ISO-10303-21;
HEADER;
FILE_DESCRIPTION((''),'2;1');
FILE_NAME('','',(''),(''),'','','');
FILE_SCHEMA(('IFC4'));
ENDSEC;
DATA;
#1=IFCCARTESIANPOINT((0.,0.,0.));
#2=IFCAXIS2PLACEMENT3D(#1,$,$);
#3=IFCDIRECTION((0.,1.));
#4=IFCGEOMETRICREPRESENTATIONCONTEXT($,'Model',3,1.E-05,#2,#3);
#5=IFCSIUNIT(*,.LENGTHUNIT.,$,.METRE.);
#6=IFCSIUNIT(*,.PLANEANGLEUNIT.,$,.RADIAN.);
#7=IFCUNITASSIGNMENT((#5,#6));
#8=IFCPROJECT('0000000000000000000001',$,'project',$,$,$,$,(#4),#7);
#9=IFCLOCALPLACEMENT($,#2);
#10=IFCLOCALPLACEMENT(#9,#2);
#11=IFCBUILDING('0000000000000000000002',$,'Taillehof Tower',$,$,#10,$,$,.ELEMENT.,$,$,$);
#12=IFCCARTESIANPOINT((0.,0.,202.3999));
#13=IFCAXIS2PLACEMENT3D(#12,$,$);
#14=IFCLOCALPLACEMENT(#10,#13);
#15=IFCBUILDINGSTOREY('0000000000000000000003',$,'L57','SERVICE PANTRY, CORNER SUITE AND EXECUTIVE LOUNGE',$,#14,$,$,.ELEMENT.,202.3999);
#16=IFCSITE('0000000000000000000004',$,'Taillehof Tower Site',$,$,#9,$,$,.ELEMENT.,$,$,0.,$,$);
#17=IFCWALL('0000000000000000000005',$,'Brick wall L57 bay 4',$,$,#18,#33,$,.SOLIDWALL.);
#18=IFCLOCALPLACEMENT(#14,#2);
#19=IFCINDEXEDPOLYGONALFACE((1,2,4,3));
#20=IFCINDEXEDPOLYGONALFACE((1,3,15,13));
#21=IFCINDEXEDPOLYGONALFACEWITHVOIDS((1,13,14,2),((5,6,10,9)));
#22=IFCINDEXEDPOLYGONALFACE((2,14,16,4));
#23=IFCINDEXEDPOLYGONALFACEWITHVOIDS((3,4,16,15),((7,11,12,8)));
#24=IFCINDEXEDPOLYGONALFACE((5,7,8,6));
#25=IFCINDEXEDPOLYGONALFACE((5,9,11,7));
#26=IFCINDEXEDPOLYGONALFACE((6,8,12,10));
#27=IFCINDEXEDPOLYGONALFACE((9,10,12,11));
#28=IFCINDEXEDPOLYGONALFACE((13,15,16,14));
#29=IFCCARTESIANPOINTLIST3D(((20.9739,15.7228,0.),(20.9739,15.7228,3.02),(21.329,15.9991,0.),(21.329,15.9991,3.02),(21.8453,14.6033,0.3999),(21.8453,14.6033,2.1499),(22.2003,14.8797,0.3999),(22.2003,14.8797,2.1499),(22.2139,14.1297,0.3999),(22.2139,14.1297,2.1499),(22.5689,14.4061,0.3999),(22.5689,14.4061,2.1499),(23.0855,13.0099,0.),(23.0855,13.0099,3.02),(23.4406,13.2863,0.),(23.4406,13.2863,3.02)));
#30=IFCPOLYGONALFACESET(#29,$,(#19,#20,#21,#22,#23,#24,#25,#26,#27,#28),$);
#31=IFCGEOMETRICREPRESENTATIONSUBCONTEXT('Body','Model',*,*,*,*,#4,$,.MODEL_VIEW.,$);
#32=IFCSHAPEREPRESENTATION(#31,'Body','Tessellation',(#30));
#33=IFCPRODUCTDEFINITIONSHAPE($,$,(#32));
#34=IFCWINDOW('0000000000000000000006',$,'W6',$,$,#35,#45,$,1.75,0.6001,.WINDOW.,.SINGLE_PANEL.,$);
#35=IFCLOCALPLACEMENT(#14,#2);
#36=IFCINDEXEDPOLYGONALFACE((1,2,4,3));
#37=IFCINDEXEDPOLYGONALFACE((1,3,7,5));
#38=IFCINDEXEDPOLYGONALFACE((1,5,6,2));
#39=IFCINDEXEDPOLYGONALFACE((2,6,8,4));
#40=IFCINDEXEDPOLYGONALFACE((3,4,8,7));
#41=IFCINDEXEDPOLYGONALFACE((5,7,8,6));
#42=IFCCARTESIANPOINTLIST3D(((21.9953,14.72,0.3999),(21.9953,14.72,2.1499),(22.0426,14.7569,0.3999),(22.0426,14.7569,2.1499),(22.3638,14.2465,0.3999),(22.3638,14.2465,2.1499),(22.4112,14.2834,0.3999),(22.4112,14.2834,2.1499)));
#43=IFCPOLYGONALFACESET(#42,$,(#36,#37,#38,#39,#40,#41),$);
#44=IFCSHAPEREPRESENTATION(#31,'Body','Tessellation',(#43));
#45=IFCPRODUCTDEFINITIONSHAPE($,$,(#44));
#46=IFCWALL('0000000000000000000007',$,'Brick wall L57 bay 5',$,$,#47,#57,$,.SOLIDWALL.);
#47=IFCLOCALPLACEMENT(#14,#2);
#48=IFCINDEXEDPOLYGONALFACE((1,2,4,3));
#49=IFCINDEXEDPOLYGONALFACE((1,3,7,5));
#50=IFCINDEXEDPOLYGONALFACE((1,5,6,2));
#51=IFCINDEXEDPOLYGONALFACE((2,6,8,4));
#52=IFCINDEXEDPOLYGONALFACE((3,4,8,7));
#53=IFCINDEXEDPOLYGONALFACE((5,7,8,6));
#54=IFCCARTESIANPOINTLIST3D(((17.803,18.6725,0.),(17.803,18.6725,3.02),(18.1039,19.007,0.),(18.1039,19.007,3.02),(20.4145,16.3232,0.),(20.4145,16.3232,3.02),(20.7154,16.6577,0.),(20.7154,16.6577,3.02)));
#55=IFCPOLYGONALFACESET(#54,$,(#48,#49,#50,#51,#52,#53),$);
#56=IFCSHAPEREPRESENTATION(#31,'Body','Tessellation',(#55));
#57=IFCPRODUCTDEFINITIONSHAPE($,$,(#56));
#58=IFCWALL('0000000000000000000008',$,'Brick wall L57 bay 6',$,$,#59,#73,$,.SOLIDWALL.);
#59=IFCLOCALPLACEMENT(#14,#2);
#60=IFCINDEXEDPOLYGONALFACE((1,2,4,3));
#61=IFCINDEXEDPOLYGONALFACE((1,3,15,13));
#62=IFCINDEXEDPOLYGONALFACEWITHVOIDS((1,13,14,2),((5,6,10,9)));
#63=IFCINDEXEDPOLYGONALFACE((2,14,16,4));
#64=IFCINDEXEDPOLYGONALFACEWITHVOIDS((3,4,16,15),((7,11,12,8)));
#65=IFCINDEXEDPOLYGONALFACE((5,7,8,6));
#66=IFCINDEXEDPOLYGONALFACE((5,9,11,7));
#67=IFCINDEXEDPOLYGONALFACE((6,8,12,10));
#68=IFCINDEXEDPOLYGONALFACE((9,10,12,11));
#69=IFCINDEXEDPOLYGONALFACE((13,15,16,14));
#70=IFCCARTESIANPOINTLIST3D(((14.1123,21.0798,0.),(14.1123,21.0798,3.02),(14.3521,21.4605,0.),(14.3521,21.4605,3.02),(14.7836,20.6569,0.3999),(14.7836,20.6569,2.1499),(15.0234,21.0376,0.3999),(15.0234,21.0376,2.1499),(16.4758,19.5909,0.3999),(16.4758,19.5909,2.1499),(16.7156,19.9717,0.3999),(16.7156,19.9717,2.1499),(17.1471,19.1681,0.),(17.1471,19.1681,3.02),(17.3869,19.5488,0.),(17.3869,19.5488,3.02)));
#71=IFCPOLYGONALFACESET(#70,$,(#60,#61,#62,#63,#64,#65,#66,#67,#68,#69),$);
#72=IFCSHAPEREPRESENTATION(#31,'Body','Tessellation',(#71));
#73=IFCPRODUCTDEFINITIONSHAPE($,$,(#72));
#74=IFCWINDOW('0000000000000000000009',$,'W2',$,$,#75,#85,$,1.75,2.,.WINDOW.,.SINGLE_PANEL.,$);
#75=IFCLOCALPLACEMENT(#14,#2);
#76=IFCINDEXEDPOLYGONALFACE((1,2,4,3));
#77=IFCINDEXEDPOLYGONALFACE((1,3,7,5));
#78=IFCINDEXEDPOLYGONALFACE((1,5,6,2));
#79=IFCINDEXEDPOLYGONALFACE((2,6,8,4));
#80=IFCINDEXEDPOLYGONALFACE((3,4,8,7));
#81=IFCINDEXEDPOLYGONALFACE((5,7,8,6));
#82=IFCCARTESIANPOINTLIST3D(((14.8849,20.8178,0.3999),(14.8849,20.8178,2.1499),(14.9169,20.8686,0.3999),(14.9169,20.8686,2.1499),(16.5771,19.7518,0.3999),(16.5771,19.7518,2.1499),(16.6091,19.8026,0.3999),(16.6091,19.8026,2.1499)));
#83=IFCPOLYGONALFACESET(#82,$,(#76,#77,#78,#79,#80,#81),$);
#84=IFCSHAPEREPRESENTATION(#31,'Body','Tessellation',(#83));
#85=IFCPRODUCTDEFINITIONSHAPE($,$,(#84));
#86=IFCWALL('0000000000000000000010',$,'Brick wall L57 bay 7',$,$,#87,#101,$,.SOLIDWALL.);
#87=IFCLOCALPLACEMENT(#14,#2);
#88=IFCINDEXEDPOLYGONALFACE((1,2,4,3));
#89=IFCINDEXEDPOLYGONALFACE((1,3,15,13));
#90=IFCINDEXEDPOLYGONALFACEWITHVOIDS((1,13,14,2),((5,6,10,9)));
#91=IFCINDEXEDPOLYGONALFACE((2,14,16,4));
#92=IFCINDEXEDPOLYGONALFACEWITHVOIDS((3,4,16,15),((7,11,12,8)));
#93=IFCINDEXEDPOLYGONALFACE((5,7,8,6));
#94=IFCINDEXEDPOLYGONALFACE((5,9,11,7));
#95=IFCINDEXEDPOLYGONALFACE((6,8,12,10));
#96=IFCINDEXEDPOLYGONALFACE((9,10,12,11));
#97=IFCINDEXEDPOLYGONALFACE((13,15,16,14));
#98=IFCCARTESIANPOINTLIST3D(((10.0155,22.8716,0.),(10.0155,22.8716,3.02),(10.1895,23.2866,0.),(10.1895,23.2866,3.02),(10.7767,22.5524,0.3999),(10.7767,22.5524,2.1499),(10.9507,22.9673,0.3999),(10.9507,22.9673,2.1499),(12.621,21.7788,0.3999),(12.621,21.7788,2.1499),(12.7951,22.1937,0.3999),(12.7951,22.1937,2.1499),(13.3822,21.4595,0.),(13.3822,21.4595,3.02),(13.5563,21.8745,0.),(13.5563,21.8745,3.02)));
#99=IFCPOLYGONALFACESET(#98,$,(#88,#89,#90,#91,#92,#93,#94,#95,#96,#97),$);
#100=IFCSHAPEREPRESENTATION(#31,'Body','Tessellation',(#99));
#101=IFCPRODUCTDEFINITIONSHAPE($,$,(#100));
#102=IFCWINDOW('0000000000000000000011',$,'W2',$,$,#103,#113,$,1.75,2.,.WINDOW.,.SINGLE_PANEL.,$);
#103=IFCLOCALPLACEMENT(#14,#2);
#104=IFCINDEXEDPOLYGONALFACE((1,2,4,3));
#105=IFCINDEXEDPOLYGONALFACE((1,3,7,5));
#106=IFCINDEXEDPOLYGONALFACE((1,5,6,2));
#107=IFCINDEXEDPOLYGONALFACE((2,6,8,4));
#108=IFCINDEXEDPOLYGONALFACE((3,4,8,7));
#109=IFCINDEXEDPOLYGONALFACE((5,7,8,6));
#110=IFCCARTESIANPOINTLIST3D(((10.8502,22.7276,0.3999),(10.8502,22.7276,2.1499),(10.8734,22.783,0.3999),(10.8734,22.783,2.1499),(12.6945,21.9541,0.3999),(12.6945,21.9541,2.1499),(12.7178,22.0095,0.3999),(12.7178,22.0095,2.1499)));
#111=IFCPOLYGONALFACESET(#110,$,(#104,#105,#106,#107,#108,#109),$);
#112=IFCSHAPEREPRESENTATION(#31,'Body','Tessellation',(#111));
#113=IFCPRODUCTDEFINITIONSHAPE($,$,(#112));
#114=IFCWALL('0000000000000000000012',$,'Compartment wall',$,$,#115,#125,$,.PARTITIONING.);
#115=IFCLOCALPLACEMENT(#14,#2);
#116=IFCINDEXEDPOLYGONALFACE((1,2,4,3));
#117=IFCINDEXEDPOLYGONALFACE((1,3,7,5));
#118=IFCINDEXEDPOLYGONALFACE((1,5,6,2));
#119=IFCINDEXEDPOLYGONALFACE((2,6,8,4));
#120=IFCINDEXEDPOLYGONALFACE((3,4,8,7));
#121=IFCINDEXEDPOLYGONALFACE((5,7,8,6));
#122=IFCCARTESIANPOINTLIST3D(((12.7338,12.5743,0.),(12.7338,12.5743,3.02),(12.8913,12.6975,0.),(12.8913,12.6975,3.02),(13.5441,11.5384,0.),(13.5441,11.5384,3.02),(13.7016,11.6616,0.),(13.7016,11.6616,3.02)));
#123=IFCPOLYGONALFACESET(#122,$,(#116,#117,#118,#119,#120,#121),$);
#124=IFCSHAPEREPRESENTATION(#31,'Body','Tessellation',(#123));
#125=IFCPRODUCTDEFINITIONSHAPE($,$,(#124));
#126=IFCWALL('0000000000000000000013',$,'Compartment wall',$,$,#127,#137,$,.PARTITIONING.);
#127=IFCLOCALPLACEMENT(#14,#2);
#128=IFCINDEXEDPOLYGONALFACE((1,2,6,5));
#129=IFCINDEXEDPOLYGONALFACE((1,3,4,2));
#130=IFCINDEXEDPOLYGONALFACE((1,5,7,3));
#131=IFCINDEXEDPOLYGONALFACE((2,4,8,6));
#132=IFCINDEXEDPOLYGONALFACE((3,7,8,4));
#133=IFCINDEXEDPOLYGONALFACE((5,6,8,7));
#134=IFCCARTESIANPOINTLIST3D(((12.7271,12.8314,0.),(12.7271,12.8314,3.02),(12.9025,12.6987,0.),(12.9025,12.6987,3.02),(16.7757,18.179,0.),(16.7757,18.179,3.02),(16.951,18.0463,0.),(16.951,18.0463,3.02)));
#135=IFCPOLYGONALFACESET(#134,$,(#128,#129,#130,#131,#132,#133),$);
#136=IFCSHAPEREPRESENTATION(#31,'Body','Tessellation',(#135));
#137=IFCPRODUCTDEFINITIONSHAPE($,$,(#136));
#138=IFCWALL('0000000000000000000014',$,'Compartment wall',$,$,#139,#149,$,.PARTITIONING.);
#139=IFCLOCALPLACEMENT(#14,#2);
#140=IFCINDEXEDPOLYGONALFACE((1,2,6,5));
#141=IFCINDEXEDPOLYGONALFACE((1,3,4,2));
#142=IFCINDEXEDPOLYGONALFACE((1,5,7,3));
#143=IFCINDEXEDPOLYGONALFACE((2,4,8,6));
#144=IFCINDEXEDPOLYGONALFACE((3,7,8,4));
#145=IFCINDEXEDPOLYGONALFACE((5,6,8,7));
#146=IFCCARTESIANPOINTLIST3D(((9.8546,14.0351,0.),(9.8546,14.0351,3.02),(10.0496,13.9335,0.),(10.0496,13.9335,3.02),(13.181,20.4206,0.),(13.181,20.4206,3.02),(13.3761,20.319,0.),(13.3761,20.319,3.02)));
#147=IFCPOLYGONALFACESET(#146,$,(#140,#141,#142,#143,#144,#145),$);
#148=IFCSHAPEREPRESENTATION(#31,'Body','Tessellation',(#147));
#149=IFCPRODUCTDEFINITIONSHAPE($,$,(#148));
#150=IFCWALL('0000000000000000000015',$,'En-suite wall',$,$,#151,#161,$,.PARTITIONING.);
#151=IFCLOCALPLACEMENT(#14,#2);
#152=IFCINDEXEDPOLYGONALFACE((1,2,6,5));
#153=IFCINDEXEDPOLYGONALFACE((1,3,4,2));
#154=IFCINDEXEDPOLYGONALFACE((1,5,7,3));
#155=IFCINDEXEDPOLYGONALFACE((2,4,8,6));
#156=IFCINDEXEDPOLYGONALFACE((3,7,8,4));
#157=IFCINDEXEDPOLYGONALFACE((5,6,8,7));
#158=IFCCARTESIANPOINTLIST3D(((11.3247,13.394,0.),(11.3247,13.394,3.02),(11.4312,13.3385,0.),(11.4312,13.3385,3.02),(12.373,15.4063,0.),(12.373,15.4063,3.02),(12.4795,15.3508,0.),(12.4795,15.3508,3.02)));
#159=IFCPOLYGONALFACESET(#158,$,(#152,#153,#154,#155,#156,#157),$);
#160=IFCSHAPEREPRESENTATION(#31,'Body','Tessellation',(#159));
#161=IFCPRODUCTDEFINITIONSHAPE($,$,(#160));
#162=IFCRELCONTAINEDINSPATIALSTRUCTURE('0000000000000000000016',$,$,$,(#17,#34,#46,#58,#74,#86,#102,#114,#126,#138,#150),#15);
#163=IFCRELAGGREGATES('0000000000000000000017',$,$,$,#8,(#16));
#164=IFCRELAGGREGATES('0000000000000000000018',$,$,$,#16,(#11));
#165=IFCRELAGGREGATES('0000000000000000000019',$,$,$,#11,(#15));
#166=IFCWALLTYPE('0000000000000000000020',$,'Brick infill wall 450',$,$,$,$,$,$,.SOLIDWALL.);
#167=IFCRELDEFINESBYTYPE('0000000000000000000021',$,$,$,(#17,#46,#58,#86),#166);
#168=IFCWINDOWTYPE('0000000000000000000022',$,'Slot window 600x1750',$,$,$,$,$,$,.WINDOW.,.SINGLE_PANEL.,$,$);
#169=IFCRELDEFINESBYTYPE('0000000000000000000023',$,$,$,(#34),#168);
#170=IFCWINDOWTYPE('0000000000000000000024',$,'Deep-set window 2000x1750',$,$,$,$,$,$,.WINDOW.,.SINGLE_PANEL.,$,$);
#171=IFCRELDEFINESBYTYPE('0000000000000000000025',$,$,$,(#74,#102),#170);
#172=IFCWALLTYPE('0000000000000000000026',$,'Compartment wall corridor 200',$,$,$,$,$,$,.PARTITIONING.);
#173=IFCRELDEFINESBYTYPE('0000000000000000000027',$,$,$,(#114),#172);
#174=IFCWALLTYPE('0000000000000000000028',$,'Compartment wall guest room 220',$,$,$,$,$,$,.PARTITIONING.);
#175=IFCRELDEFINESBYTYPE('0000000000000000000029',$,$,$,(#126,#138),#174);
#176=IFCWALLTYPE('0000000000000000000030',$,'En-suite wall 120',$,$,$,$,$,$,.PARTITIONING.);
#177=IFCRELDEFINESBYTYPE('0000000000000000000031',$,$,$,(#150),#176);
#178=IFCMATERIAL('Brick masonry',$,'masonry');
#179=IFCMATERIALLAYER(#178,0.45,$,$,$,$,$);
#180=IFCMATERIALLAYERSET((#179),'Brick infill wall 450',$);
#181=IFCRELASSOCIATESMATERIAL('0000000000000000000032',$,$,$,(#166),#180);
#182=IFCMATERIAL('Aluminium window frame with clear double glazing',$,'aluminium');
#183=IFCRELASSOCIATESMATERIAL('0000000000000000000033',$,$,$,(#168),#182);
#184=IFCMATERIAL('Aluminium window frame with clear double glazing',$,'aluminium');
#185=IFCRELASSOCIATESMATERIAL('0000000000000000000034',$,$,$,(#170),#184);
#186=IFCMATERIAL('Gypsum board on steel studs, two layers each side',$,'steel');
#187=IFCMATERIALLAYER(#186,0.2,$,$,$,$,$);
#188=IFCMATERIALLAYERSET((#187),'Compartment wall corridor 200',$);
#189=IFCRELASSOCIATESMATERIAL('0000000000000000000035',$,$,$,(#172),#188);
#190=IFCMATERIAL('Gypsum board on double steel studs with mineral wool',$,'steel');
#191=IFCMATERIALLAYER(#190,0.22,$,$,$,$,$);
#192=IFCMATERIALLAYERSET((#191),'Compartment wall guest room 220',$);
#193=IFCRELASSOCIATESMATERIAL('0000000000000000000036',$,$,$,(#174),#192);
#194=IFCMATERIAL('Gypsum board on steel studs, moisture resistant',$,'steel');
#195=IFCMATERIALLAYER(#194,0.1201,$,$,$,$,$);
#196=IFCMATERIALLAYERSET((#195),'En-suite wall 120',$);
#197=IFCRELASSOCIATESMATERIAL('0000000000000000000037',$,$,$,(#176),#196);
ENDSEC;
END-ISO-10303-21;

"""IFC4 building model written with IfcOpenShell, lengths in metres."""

from ifc_helpers import new_model, si_unit, direction, frame, frame_2d, origin, place, context, subcontext, project, spatial, rectangle, extrude, material, layer, layer_set, type_object, element, fill, save


model = new_model("IFC4")

# Units and contexts
model_context = context("Model", 3, precision=1e-05, world=origin(), true_north=direction((0.0, 1.0)))
body_context = subcontext(model_context, "Body", "Model", "MODEL_VIEW")
ifc_project = project(units=[si_unit("LENGTHUNIT", "METRE"), si_unit("PLANEANGLEUNIT", "RADIAN")], contexts=[model_context])

# Site, building, storey
site_placement = place(None, origin())
site = spatial("IfcSite", under=ifc_project, at=site_placement, Name="Taillehof Tower Site", CompositionType="ELEMENT", RefElevation=0.0)
building_placement = place(site_placement, origin())
building = spatial("IfcBuilding", under=site, at=building_placement, Name="Taillehof Tower", CompositionType="ELEMENT")
storey_placement = place(building_placement, frame((0.0, 0.0, 202.3999)))
storey = spatial("IfcBuildingStorey", under=building, at=storey_placement, Name="L57", Description="SERVICE PANTRY, CORNER SUITE AND EXECUTIVE LOUNGE", CompositionType="ELEMENT", Elevation=202.3999)

# Wall, opening, window
ifc_material_1 = material(Name="Brick masonry", Category="masonry")
ifc_layer_1 = layer(ifc_material_1, 0.45)
ifc_layer_set_1 = layer_set([ifc_layer_1], Name="Brick infill wall 450")
wall_type_1 = type_object("IfcWallType", Name="Brick infill wall 450", PredefinedType="SOLIDWALL", material=ifc_layer_set_1)
wall_1_placement = place(storey_placement, frame((23.2629, 13.1482, 0.0), z_axis=(0.0, 0.0, 1.0), x_axis=(-0.614221, 0.789134, 0.0)))
wall_1 = element("IfcWall", 1, at=wall_1_placement, inside=storey, type_object=wall_type_1, Name="Brick wall L57 bay 4", PredefinedType="SOLIDWALL", context=body_context, shape_type="SweptSolid", body=[
    extrude(rectangle(XDim=3.4377, YDim=0.45, at=frame_2d((1.7188, 0.0))), origin(), (0.0, 0.0, 1.0), 3.02),
])
opening_1_placement = place(wall_1_placement, frame((1.4189, 0.0, 0.3999)))
opening_1 = element("IfcOpeningElement", 2, at=opening_1_placement, cuts=wall_1, PredefinedType="OPENING", context=body_context, shape_type="SweptSolid", body=[
    extrude(rectangle(XDim=0.6001, YDim=1.75, at=frame_2d((0.3, 0.875))), frame((0.0, 0.2349, 0.0), z_axis=(0.0, -1.0, 0.0), x_axis=(1.0, 0.0, 0.0)), (0.0, 0.0, 1.0), 0.47),
])
ifc_material_2 = material(Name="Aluminium window frame with clear double glazing", Category="aluminium")
window_type_1 = type_object("IfcWindowType", Name="Slot window 600x1750", PartitioningType="SINGLE_PANEL", PredefinedType="WINDOW", material=ifc_material_2)
window_1_placement = place(opening_1_placement, origin())
window_1 = element("IfcWindow", 3, at=window_1_placement, inside=storey, type_object=window_type_1, Name="W6", OverallHeight=1.75, OverallWidth=0.6001, PartitioningType="SINGLE_PANEL", PredefinedType="WINDOW", context=body_context, shape_type="SweptSolid", body=[
    extrude(rectangle(XDim=0.6001, YDim=1.75, at=frame_2d((0.3, 0.875))), frame((0.0, 0.0349, 0.0), z_axis=(0.0, -1.0, 0.0), x_axis=(1.0, 0.0, 0.0)), (0.0, 0.0, 1.0), 0.0601),
])
fill(opening_1, window_1)

# Wall
wall_2_placement = place(storey_placement, frame((20.5649, 16.4905, 0.0), z_axis=(0.0, 0.0, 1.0), x_axis=(-0.743443, 0.6688, 0.0)))
element("IfcWall", 4, at=wall_2_placement, inside=storey, type_object=wall_type_1, Name="Brick wall L57 bay 5", PredefinedType="SOLIDWALL", context=body_context, shape_type="SweptSolid", body=[
    extrude(rectangle(XDim=3.5127, YDim=0.45, at=frame_2d((1.7563, 0.0))), origin(), (0.0, 0.0, 1.0), 3.02),
])

# Walls, openings, windows
wall_3_placement = place(storey_placement, frame((17.2671, 19.3584, 0.0), z_axis=(0.0, 0.0, 1.0), x_axis=(-0.846119, 0.532994, 0.0)))
wall_3 = element("IfcWall", 5, at=wall_3_placement, inside=storey, type_object=wall_type_1, Name="Brick wall L57 bay 6", PredefinedType="SOLIDWALL", context=body_context, shape_type="SweptSolid", body=[
    extrude(rectangle(XDim=3.5867, YDim=0.45, at=frame_2d((1.7935, 0.0))), origin(), (0.0, 0.0, 1.0), 3.02),
])
opening_2_placement = place(wall_3_placement, frame((0.7935, 0.0, 0.3999)))
opening_2 = element("IfcOpeningElement", 6, at=opening_2_placement, cuts=wall_3, PredefinedType="OPENING", context=body_context, shape_type="SweptSolid", body=[
    extrude(rectangle(XDim=2.0, YDim=1.75, at=frame_2d((1.0, 0.875))), frame((0.0, 0.2349, 0.0), z_axis=(0.0, -1.0, 0.0), x_axis=(1.0, 0.0, 0.0)), (0.0, 0.0, 1.0), 0.47),
])
ifc_material_3 = material(Name="Aluminium window frame with clear double glazing", Category="aluminium")
window_type_2 = type_object("IfcWindowType", Name="Deep-set window 2000x1750", PartitioningType="SINGLE_PANEL", PredefinedType="WINDOW", material=ifc_material_3)
window_2_placement = place(opening_2_placement, origin())
window_2 = element("IfcWindow", 7, at=window_2_placement, inside=storey, type_object=window_type_2, Name="W2", OverallHeight=1.75, OverallWidth=2.0, PartitioningType="SINGLE_PANEL", PredefinedType="WINDOW", context=body_context, shape_type="SweptSolid", body=[
    extrude(rectangle(XDim=2.0, YDim=1.75, at=frame_2d((1.0, 0.875))), frame((0.0, 0.0349, 0.0), z_axis=(0.0, -1.0, 0.0), x_axis=(1.0, 0.0, 0.0)), (0.0, 0.0, 1.0), 0.0601),
])
fill(opening_2, window_2)
wall_4_placement = place(storey_placement, frame((13.4692, 21.667, 0.0), z_axis=(0.0, 0.0, 1.0), x_axis=(-0.922168, 0.386789, 0.0)))
wall_4 = element("IfcWall", 8, at=wall_4_placement, inside=storey, type_object=wall_type_1, Name="Brick wall L57 bay 7", PredefinedType="SOLIDWALL", context=body_context, shape_type="SweptSolid", body=[
    extrude(rectangle(XDim=3.6509, YDim=0.45, at=frame_2d((1.8254, 0.0))), origin(), (0.0, 0.0, 1.0), 3.02),
])
opening_3_placement = place(wall_4_placement, frame((0.8254, 0.0, 0.3999)))
opening_3 = element("IfcOpeningElement", 9, at=opening_3_placement, cuts=wall_4, PredefinedType="OPENING", context=body_context, shape_type="SweptSolid", body=[
    extrude(rectangle(XDim=2.0, YDim=1.75, at=frame_2d((1.0, 0.875))), frame((0.0, 0.2349, 0.0), z_axis=(0.0, -1.0, 0.0), x_axis=(1.0, 0.0, 0.0)), (0.0, 0.0, 1.0), 0.47),
])
window_3_placement = place(opening_3_placement, origin())
window_3 = element("IfcWindow", 10, at=window_3_placement, inside=storey, type_object=window_type_2, Name="W2", OverallHeight=1.75, OverallWidth=2.0, PartitioningType="SINGLE_PANEL", PredefinedType="WINDOW", context=body_context, shape_type="SweptSolid", body=[
    extrude(rectangle(XDim=2.0, YDim=1.75, at=frame_2d((1.0, 0.875))), frame((0.0, 0.0349, 0.0), z_axis=(0.0, -1.0, 0.0), x_axis=(1.0, 0.0, 0.0)), (0.0, 0.0, 1.0), 0.0601),
])
fill(opening_3, window_3)

# Walls
ifc_material_4 = material(Name="Gypsum board on steel studs, two layers each side", Category="steel")
ifc_layer_2 = layer(ifc_material_4, 0.2)
ifc_layer_set_2 = layer_set([ifc_layer_2], Name="Compartment wall corridor 200")
wall_type_2 = type_object("IfcWallType", Name="Compartment wall corridor 200", PredefinedType="PARTITIONING", material=ifc_layer_set_2)
wall_5_placement = place(storey_placement, frame((12.8125, 12.636, 0.0), z_axis=(0.0, 0.0, 1.0), x_axis=(0.616123, -0.78765, 0.0)))
element("IfcWall", 11, at=wall_5_placement, inside=storey, type_object=wall_type_2, Name="Compartment wall", PredefinedType="PARTITIONING", context=body_context, shape_type="SweptSolid", body=[
    extrude(rectangle(XDim=1.3152, YDim=0.2, at=frame_2d((0.6577, 0.0))), origin(), (0.0, 0.0, 1.0), 3.02),
])
ifc_material_5 = material(Name="Gypsum board on double steel studs with mineral wool", Category="steel")
ifc_layer_3 = layer(ifc_material_5, 0.22)
ifc_layer_set_3 = layer_set([ifc_layer_3], Name="Compartment wall guest room 220")
wall_type_3 = type_object("IfcWallType", Name="Compartment wall guest room 220", PredefinedType="PARTITIONING", material=ifc_layer_set_3)
wall_6_placement = place(storey_placement, frame((16.8633, 18.1125, 0.0), z_axis=(0.0, 0.0, 1.0), x_axis=(-0.603605, -0.797284, 0.0)))
element("IfcWall", 12, at=wall_6_placement, inside=storey, type_object=wall_type_3, Name="Compartment wall", PredefinedType="PARTITIONING", context=body_context, shape_type="SweptSolid", body=[
    extrude(rectangle(XDim=6.7073, YDim=0.22, at=frame_2d((3.3535, 0.0))), origin(), (0.0, 0.0, 1.0), 3.02),
])
wall_7_placement = place(storey_placement, frame((13.2786, 20.3699, 0.0), z_axis=(0.0, 0.0, 1.0), x_axis=(-0.462004, -0.886878, 0.0)))
element("IfcWall", 13, at=wall_7_placement, inside=storey, type_object=wall_type_3, Name="Compartment wall", PredefinedType="PARTITIONING", context=body_context, shape_type="SweptSolid", body=[
    extrude(rectangle(XDim=7.2, YDim=0.22, at=frame_2d((3.6001, 0.0))), origin(), (0.0, 0.0, 1.0), 3.02),
])
ifc_material_6 = material(Name="Gypsum board on steel studs, moisture resistant", Category="steel")
ifc_layer_4 = layer(ifc_material_6, 0.1201)
ifc_layer_set_4 = layer_set([ifc_layer_4], Name="En-suite wall 120")
wall_type_4 = type_object("IfcWallType", Name="En-suite wall 120", PredefinedType="PARTITIONING", material=ifc_layer_set_4)
wall_8_placement = place(storey_placement, frame((11.3779, 13.3662, 0.0), z_axis=(0.0, 0.0, 1.0), x_axis=(0.462, 0.88688, 0.0)))
element("IfcWall", 14, at=wall_8_placement, inside=storey, type_object=wall_type_4, Name="En-suite wall", PredefinedType="PARTITIONING", context=body_context, shape_type="SweptSolid", body=[
    extrude(rectangle(XDim=2.269, YDim=0.1201, at=frame_2d((1.1345, 0.0))), origin(), (0.0, 0.0, 1.0), 3.02),
])

save(model, "model.ifc")
